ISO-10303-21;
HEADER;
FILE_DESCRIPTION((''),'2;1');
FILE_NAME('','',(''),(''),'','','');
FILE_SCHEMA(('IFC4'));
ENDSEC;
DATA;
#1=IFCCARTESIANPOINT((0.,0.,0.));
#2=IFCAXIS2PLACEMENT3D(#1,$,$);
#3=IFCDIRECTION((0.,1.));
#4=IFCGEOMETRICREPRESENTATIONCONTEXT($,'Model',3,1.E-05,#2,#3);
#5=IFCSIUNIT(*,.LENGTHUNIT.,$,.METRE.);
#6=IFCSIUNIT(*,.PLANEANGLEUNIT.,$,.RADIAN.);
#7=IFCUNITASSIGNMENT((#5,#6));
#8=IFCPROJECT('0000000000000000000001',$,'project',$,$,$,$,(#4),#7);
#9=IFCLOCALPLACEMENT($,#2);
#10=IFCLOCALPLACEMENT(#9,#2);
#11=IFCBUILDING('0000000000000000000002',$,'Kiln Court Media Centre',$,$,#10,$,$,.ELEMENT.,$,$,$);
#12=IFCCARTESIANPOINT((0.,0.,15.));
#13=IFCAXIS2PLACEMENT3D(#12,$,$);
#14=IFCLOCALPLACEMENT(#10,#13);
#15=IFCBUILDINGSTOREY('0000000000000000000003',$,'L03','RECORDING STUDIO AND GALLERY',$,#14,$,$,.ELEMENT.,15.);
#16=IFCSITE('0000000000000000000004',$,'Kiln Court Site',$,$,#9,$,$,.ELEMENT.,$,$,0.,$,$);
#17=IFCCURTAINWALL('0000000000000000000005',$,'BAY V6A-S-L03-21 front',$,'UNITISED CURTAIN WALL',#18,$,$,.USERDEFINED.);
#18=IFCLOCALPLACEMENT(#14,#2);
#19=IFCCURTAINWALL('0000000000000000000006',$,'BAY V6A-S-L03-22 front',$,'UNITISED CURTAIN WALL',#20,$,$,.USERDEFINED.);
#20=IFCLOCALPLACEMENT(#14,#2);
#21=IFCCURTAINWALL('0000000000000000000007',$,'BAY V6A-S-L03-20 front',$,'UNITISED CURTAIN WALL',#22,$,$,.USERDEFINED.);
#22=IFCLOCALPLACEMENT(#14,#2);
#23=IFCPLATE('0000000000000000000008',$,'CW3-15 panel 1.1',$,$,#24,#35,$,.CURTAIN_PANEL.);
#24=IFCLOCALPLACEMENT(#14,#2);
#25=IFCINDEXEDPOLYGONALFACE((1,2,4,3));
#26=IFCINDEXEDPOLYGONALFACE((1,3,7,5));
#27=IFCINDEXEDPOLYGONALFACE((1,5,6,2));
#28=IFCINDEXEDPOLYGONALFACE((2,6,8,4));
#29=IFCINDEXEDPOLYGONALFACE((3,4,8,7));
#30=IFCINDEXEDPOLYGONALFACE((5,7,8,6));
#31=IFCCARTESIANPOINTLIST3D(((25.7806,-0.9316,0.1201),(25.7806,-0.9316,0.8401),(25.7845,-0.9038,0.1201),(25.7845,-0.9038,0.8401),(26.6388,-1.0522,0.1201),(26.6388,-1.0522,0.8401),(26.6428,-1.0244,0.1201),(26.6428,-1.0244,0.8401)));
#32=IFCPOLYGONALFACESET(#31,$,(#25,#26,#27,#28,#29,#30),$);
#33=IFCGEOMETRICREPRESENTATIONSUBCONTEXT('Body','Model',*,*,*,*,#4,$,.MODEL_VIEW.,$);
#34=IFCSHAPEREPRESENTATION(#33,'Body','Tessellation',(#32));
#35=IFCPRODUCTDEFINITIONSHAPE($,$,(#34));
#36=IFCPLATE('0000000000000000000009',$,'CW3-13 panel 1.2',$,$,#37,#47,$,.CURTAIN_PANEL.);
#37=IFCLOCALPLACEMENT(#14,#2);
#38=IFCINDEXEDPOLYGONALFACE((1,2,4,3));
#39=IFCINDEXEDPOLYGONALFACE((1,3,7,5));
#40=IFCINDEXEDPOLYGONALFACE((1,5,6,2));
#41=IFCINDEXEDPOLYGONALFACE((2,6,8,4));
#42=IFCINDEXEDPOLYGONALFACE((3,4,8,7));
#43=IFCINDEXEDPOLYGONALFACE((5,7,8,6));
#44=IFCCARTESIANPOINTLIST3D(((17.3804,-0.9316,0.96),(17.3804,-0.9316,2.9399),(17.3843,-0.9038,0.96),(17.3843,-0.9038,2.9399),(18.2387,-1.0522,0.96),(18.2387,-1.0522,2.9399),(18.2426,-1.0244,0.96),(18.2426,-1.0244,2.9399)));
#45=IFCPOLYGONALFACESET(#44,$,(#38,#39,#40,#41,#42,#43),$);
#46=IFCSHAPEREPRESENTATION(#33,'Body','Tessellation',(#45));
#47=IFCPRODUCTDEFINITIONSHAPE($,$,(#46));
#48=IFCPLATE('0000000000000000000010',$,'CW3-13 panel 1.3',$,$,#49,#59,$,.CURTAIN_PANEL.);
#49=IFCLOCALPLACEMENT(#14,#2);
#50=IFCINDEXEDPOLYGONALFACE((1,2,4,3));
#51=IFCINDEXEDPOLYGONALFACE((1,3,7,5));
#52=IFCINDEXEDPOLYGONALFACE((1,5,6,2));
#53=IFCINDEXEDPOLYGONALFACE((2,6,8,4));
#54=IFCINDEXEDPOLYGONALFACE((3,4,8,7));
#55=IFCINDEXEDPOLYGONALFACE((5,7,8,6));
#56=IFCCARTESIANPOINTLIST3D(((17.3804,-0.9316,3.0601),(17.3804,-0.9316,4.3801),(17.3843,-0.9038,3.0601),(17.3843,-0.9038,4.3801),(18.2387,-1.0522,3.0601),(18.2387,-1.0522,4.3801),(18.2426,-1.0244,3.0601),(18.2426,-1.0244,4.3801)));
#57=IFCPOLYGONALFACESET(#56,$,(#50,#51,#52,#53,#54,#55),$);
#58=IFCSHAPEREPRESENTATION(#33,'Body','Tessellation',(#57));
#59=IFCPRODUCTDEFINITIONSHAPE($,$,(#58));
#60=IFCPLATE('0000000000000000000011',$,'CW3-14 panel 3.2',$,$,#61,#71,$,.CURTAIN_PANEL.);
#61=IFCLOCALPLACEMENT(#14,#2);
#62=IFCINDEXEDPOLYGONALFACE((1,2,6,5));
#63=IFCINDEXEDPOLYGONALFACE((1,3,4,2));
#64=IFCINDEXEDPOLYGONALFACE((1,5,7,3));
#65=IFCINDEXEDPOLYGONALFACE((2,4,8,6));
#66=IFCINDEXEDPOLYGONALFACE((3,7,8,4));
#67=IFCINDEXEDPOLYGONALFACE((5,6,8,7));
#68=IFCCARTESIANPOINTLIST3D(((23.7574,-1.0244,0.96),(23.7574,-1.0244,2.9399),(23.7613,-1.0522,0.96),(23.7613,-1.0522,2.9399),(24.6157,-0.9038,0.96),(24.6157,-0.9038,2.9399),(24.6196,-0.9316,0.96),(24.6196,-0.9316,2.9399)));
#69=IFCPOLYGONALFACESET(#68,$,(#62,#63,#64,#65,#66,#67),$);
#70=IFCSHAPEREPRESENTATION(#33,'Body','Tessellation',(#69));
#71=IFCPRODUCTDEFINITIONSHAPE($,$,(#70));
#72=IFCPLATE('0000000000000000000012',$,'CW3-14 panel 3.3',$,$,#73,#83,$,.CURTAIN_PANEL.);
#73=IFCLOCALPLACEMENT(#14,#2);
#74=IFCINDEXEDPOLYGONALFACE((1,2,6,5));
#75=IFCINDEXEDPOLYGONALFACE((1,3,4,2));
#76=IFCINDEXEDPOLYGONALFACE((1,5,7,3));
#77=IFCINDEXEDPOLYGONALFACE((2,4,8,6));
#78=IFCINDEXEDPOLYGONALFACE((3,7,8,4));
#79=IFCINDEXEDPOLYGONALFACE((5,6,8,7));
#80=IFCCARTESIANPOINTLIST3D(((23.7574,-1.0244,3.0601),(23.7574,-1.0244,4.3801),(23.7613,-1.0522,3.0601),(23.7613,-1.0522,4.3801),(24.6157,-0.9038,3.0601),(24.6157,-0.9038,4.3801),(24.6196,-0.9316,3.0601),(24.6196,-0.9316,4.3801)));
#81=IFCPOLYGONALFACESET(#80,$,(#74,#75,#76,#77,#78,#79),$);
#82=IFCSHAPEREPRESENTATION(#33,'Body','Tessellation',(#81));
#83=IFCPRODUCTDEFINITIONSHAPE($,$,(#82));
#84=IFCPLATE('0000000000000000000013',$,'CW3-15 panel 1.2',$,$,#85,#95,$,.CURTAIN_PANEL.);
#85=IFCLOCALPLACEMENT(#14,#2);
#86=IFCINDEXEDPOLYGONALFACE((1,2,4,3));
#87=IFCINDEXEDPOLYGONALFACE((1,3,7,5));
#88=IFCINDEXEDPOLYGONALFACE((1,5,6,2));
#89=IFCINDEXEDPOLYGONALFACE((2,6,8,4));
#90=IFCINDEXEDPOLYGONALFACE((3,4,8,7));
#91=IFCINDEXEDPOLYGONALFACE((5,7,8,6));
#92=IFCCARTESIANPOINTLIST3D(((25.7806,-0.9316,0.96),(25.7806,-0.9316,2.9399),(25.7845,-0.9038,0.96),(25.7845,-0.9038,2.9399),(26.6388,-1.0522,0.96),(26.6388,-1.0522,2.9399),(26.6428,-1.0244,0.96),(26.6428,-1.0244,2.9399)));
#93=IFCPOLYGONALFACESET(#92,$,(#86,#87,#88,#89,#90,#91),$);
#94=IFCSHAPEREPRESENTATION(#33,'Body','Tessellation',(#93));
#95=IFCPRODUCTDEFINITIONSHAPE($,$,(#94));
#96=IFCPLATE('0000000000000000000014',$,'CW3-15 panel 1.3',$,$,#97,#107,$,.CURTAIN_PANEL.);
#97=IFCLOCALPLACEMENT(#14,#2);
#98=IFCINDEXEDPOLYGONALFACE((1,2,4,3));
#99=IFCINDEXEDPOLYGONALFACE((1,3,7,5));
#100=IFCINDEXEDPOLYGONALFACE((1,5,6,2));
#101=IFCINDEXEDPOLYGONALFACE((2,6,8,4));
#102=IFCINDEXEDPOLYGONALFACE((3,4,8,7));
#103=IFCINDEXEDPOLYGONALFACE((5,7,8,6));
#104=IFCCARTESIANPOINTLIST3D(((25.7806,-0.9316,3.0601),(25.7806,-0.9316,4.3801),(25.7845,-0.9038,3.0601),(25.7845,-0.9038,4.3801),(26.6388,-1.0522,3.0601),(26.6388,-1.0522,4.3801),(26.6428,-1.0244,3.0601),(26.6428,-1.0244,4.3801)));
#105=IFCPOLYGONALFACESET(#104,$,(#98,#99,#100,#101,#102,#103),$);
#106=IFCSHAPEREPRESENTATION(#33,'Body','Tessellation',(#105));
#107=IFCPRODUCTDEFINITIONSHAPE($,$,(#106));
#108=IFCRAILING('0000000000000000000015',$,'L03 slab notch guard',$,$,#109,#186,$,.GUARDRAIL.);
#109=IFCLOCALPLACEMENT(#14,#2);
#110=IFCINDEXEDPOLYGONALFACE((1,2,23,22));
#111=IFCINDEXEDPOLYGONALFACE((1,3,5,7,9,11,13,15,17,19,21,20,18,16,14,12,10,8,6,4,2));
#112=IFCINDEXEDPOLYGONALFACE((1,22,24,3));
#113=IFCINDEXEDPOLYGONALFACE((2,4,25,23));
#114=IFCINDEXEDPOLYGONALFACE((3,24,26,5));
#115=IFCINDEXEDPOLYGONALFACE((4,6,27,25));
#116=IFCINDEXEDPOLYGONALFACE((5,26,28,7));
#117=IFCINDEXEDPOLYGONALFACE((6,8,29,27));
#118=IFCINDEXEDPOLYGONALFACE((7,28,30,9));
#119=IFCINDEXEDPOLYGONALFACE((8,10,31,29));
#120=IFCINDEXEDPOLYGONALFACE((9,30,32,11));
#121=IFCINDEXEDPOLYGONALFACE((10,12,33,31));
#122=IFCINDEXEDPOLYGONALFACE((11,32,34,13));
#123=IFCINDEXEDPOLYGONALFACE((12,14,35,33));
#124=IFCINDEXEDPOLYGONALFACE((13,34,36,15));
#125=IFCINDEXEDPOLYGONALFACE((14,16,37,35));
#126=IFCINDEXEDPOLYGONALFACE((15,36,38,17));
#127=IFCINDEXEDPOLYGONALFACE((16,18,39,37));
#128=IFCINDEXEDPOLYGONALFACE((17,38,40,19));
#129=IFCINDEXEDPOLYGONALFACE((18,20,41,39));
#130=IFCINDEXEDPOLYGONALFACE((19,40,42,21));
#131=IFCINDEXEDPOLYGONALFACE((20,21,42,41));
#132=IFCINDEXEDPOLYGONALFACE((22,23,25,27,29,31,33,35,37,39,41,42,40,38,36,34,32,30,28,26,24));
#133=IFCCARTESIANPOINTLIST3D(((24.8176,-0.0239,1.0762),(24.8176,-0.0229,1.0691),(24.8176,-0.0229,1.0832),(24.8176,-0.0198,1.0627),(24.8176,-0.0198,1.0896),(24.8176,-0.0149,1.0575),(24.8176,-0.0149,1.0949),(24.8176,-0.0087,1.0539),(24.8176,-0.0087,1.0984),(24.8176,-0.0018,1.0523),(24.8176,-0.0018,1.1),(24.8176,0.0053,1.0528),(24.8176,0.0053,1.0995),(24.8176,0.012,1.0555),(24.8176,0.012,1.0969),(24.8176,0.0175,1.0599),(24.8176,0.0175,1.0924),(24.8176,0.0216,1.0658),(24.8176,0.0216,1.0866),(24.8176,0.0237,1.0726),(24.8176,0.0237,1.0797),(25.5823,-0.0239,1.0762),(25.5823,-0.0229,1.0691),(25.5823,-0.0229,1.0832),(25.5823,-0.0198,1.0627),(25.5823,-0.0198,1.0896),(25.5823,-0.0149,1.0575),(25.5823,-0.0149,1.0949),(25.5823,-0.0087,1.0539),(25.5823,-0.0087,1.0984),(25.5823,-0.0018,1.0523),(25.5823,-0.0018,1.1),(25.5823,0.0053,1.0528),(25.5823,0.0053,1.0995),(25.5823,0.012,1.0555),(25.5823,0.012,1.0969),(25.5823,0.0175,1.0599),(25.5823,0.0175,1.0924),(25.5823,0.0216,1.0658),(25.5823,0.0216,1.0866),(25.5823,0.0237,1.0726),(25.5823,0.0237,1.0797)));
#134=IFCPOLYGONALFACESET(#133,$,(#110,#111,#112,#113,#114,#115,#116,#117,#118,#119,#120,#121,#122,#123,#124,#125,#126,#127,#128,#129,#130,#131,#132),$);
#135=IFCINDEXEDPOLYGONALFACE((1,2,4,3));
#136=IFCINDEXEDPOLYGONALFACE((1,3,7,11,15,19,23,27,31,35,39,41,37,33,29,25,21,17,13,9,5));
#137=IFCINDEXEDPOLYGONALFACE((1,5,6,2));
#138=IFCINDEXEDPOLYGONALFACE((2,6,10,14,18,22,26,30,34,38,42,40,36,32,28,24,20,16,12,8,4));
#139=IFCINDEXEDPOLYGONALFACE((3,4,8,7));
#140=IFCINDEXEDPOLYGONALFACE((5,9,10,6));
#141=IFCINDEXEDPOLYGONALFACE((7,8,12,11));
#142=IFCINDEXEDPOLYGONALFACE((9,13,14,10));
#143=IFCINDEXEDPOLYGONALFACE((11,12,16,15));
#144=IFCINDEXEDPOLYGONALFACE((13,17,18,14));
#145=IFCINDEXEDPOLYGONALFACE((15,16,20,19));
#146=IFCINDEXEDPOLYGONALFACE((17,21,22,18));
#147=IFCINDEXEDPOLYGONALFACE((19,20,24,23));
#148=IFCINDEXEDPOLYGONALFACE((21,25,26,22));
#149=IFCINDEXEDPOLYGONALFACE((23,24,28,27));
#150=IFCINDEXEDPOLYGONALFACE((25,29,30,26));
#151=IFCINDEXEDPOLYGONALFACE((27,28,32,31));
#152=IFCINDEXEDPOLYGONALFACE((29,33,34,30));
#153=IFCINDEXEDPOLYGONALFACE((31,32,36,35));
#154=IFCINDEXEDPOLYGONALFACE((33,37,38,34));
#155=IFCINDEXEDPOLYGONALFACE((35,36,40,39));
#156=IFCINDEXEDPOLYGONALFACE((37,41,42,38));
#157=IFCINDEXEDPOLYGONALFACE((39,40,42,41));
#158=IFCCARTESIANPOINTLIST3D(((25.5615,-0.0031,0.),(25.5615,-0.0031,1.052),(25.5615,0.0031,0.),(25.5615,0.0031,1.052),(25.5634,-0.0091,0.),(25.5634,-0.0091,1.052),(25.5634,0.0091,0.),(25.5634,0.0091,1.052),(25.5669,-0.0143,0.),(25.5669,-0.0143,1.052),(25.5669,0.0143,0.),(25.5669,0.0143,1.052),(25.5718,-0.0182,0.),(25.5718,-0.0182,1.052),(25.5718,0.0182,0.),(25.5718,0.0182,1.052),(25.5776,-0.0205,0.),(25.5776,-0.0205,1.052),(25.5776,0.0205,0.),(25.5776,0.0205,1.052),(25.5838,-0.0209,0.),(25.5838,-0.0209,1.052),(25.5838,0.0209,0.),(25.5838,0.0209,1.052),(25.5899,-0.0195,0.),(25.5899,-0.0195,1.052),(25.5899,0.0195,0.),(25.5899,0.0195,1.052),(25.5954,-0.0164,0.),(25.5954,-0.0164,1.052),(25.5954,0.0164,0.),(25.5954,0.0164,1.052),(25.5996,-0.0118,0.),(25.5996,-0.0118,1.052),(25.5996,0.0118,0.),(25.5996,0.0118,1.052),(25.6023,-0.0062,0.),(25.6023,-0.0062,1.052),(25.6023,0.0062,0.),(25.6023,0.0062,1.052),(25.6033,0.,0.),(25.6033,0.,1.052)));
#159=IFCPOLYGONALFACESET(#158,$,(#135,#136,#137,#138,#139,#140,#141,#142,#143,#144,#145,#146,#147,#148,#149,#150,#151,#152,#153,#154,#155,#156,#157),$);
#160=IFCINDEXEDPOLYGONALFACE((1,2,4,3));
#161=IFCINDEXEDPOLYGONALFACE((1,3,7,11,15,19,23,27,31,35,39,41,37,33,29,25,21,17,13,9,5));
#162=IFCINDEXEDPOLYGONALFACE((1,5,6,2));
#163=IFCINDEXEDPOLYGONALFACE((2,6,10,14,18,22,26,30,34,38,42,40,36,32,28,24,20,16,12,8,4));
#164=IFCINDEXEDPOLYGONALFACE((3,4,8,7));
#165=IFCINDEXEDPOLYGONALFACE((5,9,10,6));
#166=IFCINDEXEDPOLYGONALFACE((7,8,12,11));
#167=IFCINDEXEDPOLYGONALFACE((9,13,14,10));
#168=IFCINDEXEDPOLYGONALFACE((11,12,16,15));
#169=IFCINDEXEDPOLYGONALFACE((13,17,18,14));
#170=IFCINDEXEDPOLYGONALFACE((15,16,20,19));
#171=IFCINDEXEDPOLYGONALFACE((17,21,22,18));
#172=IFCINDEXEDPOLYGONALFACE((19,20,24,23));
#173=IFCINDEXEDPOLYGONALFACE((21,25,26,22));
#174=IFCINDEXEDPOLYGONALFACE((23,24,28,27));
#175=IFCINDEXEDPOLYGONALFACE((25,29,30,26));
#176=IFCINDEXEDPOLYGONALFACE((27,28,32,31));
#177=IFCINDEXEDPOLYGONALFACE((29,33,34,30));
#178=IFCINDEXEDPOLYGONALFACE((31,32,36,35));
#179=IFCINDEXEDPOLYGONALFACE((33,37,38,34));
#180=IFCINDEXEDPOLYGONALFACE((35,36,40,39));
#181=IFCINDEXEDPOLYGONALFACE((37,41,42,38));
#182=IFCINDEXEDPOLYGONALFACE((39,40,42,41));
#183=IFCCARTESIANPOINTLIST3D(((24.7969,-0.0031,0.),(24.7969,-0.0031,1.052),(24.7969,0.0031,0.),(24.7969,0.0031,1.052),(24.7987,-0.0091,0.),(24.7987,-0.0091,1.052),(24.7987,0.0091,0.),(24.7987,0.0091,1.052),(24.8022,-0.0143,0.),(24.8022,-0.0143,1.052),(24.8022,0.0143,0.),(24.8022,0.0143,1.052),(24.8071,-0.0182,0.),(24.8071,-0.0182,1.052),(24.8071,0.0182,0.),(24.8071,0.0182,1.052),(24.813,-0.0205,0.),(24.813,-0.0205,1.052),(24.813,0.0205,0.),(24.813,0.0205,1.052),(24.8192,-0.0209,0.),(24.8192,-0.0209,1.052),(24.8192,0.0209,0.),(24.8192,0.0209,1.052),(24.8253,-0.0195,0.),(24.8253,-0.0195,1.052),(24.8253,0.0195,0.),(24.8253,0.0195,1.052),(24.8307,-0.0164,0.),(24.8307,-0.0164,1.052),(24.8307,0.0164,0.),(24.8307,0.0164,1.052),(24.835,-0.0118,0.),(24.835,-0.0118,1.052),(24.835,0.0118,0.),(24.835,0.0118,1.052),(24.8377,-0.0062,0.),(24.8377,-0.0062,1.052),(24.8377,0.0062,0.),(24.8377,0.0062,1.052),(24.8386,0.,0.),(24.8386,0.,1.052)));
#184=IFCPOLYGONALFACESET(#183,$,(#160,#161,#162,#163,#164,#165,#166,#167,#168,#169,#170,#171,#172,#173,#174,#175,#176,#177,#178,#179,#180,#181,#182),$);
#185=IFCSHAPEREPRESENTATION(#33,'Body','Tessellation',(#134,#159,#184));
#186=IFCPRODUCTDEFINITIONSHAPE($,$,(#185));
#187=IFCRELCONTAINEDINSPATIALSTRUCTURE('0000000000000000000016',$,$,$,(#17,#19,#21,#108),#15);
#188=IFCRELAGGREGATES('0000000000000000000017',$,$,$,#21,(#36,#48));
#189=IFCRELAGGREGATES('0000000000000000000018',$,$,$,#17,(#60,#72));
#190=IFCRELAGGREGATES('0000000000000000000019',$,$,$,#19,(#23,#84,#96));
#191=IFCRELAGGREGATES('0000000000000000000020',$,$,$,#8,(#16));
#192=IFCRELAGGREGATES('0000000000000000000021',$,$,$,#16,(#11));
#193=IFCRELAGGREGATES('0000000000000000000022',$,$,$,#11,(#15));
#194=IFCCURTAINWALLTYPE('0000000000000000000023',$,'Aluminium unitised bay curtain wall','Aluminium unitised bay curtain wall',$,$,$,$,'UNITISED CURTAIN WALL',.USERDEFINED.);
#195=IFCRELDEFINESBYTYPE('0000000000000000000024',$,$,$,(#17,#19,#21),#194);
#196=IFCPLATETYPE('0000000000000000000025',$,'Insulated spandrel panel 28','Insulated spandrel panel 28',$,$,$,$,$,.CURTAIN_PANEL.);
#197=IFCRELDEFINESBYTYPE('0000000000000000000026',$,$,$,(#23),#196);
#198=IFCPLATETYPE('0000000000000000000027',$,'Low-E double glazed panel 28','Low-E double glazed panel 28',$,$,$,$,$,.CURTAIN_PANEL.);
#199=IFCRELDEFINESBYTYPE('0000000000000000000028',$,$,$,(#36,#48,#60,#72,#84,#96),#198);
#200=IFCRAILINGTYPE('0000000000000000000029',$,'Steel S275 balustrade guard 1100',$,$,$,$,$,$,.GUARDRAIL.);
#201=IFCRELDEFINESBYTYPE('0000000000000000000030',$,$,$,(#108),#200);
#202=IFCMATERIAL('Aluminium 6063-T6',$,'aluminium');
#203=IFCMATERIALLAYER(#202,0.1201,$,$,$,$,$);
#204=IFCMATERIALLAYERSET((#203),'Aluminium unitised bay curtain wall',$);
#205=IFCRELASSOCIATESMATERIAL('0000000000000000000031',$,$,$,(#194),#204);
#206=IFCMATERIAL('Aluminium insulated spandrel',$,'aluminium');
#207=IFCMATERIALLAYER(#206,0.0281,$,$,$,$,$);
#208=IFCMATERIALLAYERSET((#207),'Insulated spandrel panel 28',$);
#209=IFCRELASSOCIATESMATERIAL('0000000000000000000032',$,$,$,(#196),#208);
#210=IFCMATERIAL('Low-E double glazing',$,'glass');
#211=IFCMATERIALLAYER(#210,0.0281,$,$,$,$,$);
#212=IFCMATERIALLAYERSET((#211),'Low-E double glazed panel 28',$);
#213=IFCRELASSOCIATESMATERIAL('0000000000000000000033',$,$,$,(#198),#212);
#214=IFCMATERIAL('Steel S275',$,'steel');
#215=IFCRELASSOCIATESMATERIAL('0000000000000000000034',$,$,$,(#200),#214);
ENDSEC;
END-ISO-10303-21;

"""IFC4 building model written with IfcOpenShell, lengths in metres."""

from ifc_helpers import new_model, si_unit, direction, frame, origin, origin_2d, place, context, subcontext, project, spatial, rectangle, circle, extrude, material, layer, layer_set, type_object, element, aggregate, save


model = new_model("IFC4")

# Units and contexts
model_context = context("Model", 3, precision=1e-05, world=origin(), true_north=direction((0.0, 1.0)))
body_context = subcontext(model_context, "Body", "Model", "MODEL_VIEW")
ifc_project = project(units=[si_unit("LENGTHUNIT", "METRE"), si_unit("PLANEANGLEUNIT", "RADIAN")], contexts=[model_context])

# Site, building, storey
site_placement = place(None, origin())
site = spatial("IfcSite", under=ifc_project, at=site_placement, Name="Kiln Court Site", CompositionType="ELEMENT", RefElevation=0.0)
building_placement = place(site_placement, origin())
building = spatial("IfcBuilding", under=site, at=building_placement, Name="Kiln Court Media Centre", CompositionType="ELEMENT")
storey_placement = place(building_placement, frame((0.0, 0.0, 15.0)))
storey = spatial("IfcBuildingStorey", under=building, at=storey_placement, Name="L03", Description="RECORDING STUDIO AND GALLERY", CompositionType="ELEMENT", Elevation=15.0)

# Curtain walls
ifc_material_1 = material(Name="Aluminium 6063-T6", Category="aluminium")
ifc_layer_1 = layer(ifc_material_1, 0.1201)
ifc_layer_set_1 = layer_set([ifc_layer_1], Name="Aluminium unitised bay curtain wall")
curtain_wall_type = type_object("IfcCurtainWallType", Name="Aluminium unitised bay curtain wall", Description="Aluminium unitised bay curtain wall", ElementType="UNITISED CURTAIN WALL", PredefinedType="USERDEFINED", material=ifc_layer_set_1)
curtain_wall_1_placement = place(storey_placement, origin())
curtain_wall_1 = element("IfcCurtainWall", 1, at=curtain_wall_1_placement, inside=storey, type_object=curtain_wall_type, Name="BAY V6A-S-L03-21 front", ObjectType="UNITISED CURTAIN WALL", PredefinedType="USERDEFINED")
curtain_wall_2_placement = place(storey_placement, origin())
curtain_wall_2 = element("IfcCurtainWall", 2, at=curtain_wall_2_placement, inside=storey, type_object=curtain_wall_type, Name="BAY V6A-S-L03-22 front", ObjectType="UNITISED CURTAIN WALL", PredefinedType="USERDEFINED")

# Curtain wall
curtain_wall_3_placement = place(storey_placement, origin())
curtain_wall_3 = element("IfcCurtainWall", 3, at=curtain_wall_3_placement, inside=storey, type_object=curtain_wall_type, Name="BAY V6A-S-L03-20 front", ObjectType="UNITISED CURTAIN WALL", PredefinedType="USERDEFINED")

# Plates
ifc_material_2 = material(Name="Aluminium insulated spandrel", Category="aluminium")
ifc_layer_2 = layer(ifc_material_2, 0.0281)
ifc_layer_set_2 = layer_set([ifc_layer_2], Name="Insulated spandrel panel 28")
plate_type_1 = type_object("IfcPlateType", Name="Insulated spandrel panel 28", Description="Insulated spandrel panel 28", PredefinedType="CURTAIN_PANEL", material=ifc_layer_set_2)
plate_1_placement = place(storey_placement, frame((26.2117, -0.978, 0.1201), z_axis=(0.0, 0.0, 1.0), x_axis=(0.99027, -0.139162, 0.0)))
plate_1 = element("IfcPlate", 4, at=plate_1_placement, type_object=plate_type_1, Name="CW3-15 panel 1.1", PredefinedType="CURTAIN_PANEL", context=body_context, shape_type="SweptSolid", body=[
    extrude(rectangle(XDim=0.8667, YDim=0.0281, at=origin_2d()), origin(), (0.0, 0.0, 1.0), 0.72),
])
ifc_material_3 = material(Name="Low-E double glazing", Category="glass")
ifc_layer_3 = layer(ifc_material_3, 0.0281)
ifc_layer_set_3 = layer_set([ifc_layer_3], Name="Low-E double glazed panel 28")
plate_type_2 = type_object("IfcPlateType", Name="Low-E double glazed panel 28", Description="Low-E double glazed panel 28", PredefinedType="CURTAIN_PANEL", material=ifc_layer_set_3)
plate_2_placement = place(storey_placement, frame((17.8115, -0.978, 0.96), z_axis=(0.0, 0.0, 1.0), x_axis=(0.99027, -0.139162, 0.0)))
plate_2 = element("IfcPlate", 5, at=plate_2_placement, type_object=plate_type_2, Name="CW3-13 panel 1.2", PredefinedType="CURTAIN_PANEL", context=body_context, shape_type="SweptSolid", body=[
    extrude(rectangle(XDim=0.8667, YDim=0.0281, at=origin_2d()), origin(), (0.0, 0.0, 1.0), 1.98),
])
plate_3_placement = place(storey_placement, frame((17.8115, -0.978, 3.0601), z_axis=(0.0, 0.0, 1.0), x_axis=(0.99027, -0.139162, 0.0)))
plate_3 = element("IfcPlate", 6, at=plate_3_placement, type_object=plate_type_2, Name="CW3-13 panel 1.3", PredefinedType="CURTAIN_PANEL", context=body_context, shape_type="SweptSolid", body=[
    extrude(rectangle(XDim=0.8667, YDim=0.0281, at=origin_2d()), origin(), (0.0, 0.0, 1.0), 1.3201),
])
aggregate(curtain_wall_3, [plate_2, plate_3])
plate_4_placement = place(storey_placement, frame((24.1885, -0.978, 0.96), z_axis=(0.0, 0.0, 1.0), x_axis=(0.99027, 0.139162, 0.0)))
plate_4 = element("IfcPlate", 7, at=plate_4_placement, type_object=plate_type_2, Name="CW3-14 panel 3.2", PredefinedType="CURTAIN_PANEL", context=body_context, shape_type="SweptSolid", body=[
    extrude(rectangle(XDim=0.8667, YDim=0.0281, at=origin_2d()), origin(), (0.0, 0.0, 1.0), 1.98),
])
plate_5_placement = place(storey_placement, frame((24.1885, -0.978, 3.0601), z_axis=(0.0, 0.0, 1.0), x_axis=(0.99027, 0.139162, 0.0)))
plate_5 = element("IfcPlate", 8, at=plate_5_placement, type_object=plate_type_2, Name="CW3-14 panel 3.3", PredefinedType="CURTAIN_PANEL", context=body_context, shape_type="SweptSolid", body=[
    extrude(rectangle(XDim=0.8667, YDim=0.0281, at=origin_2d()), origin(), (0.0, 0.0, 1.0), 1.3201),
])
aggregate(curtain_wall_1, [plate_4, plate_5])
plate_6_placement = place(storey_placement, frame((26.2117, -0.978, 0.96), z_axis=(0.0, 0.0, 1.0), x_axis=(0.99027, -0.139162, 0.0)))
plate_6 = element("IfcPlate", 9, at=plate_6_placement, type_object=plate_type_2, Name="CW3-15 panel 1.2", PredefinedType="CURTAIN_PANEL", context=body_context, shape_type="SweptSolid", body=[
    extrude(rectangle(XDim=0.8667, YDim=0.0281, at=origin_2d()), origin(), (0.0, 0.0, 1.0), 1.98),
])
plate_7_placement = place(storey_placement, frame((26.2117, -0.978, 3.0601), z_axis=(0.0, 0.0, 1.0), x_axis=(0.99027, -0.139162, 0.0)))
plate_7 = element("IfcPlate", 10, at=plate_7_placement, type_object=plate_type_2, Name="CW3-15 panel 1.3", PredefinedType="CURTAIN_PANEL", context=body_context, shape_type="SweptSolid", body=[
    extrude(rectangle(XDim=0.8667, YDim=0.0281, at=origin_2d()), origin(), (0.0, 0.0, 1.0), 1.3201),
])
aggregate(curtain_wall_2, [plate_1, plate_6, plate_7])

# Railing
ifc_material_4 = material(Name="Steel S275", Category="steel")
railing_type = type_object("IfcRailingType", Name="Steel S275 balustrade guard 1100", PredefinedType="GUARDRAIL", material=ifc_material_4)
for number, where, name in (
    (11, (25.5823, 0.0, 0.0), "L03 slab notch guard"),
):
    element("IfcRailing", number, at=place(storey_placement, frame(where)), inside=storey, type_object=railing_type, Name=name, PredefinedType="GUARDRAIL", context=body_context, shape_type="SweptSolid", body=[
        extrude(circle(Radius=0.0239, at=origin_2d()), frame((0.0, 0.0, 1.0762), z_axis=(-1.0, 0.0, 0.0), x_axis=(0.0, -1.0, 0.0)), (0.0, 0.0, 1.0), 0.7646),
        extrude(circle(Radius=0.021, at=origin_2d()), origin(), (0.0, 0.0, 1.0), 1.052),
        extrude(circle(Radius=0.021, at=origin_2d()), frame((-0.7646, 0.0, 0.0)), (0.0, 0.0, 1.0), 1.052),
    ])

save(model, "model.ifc")
